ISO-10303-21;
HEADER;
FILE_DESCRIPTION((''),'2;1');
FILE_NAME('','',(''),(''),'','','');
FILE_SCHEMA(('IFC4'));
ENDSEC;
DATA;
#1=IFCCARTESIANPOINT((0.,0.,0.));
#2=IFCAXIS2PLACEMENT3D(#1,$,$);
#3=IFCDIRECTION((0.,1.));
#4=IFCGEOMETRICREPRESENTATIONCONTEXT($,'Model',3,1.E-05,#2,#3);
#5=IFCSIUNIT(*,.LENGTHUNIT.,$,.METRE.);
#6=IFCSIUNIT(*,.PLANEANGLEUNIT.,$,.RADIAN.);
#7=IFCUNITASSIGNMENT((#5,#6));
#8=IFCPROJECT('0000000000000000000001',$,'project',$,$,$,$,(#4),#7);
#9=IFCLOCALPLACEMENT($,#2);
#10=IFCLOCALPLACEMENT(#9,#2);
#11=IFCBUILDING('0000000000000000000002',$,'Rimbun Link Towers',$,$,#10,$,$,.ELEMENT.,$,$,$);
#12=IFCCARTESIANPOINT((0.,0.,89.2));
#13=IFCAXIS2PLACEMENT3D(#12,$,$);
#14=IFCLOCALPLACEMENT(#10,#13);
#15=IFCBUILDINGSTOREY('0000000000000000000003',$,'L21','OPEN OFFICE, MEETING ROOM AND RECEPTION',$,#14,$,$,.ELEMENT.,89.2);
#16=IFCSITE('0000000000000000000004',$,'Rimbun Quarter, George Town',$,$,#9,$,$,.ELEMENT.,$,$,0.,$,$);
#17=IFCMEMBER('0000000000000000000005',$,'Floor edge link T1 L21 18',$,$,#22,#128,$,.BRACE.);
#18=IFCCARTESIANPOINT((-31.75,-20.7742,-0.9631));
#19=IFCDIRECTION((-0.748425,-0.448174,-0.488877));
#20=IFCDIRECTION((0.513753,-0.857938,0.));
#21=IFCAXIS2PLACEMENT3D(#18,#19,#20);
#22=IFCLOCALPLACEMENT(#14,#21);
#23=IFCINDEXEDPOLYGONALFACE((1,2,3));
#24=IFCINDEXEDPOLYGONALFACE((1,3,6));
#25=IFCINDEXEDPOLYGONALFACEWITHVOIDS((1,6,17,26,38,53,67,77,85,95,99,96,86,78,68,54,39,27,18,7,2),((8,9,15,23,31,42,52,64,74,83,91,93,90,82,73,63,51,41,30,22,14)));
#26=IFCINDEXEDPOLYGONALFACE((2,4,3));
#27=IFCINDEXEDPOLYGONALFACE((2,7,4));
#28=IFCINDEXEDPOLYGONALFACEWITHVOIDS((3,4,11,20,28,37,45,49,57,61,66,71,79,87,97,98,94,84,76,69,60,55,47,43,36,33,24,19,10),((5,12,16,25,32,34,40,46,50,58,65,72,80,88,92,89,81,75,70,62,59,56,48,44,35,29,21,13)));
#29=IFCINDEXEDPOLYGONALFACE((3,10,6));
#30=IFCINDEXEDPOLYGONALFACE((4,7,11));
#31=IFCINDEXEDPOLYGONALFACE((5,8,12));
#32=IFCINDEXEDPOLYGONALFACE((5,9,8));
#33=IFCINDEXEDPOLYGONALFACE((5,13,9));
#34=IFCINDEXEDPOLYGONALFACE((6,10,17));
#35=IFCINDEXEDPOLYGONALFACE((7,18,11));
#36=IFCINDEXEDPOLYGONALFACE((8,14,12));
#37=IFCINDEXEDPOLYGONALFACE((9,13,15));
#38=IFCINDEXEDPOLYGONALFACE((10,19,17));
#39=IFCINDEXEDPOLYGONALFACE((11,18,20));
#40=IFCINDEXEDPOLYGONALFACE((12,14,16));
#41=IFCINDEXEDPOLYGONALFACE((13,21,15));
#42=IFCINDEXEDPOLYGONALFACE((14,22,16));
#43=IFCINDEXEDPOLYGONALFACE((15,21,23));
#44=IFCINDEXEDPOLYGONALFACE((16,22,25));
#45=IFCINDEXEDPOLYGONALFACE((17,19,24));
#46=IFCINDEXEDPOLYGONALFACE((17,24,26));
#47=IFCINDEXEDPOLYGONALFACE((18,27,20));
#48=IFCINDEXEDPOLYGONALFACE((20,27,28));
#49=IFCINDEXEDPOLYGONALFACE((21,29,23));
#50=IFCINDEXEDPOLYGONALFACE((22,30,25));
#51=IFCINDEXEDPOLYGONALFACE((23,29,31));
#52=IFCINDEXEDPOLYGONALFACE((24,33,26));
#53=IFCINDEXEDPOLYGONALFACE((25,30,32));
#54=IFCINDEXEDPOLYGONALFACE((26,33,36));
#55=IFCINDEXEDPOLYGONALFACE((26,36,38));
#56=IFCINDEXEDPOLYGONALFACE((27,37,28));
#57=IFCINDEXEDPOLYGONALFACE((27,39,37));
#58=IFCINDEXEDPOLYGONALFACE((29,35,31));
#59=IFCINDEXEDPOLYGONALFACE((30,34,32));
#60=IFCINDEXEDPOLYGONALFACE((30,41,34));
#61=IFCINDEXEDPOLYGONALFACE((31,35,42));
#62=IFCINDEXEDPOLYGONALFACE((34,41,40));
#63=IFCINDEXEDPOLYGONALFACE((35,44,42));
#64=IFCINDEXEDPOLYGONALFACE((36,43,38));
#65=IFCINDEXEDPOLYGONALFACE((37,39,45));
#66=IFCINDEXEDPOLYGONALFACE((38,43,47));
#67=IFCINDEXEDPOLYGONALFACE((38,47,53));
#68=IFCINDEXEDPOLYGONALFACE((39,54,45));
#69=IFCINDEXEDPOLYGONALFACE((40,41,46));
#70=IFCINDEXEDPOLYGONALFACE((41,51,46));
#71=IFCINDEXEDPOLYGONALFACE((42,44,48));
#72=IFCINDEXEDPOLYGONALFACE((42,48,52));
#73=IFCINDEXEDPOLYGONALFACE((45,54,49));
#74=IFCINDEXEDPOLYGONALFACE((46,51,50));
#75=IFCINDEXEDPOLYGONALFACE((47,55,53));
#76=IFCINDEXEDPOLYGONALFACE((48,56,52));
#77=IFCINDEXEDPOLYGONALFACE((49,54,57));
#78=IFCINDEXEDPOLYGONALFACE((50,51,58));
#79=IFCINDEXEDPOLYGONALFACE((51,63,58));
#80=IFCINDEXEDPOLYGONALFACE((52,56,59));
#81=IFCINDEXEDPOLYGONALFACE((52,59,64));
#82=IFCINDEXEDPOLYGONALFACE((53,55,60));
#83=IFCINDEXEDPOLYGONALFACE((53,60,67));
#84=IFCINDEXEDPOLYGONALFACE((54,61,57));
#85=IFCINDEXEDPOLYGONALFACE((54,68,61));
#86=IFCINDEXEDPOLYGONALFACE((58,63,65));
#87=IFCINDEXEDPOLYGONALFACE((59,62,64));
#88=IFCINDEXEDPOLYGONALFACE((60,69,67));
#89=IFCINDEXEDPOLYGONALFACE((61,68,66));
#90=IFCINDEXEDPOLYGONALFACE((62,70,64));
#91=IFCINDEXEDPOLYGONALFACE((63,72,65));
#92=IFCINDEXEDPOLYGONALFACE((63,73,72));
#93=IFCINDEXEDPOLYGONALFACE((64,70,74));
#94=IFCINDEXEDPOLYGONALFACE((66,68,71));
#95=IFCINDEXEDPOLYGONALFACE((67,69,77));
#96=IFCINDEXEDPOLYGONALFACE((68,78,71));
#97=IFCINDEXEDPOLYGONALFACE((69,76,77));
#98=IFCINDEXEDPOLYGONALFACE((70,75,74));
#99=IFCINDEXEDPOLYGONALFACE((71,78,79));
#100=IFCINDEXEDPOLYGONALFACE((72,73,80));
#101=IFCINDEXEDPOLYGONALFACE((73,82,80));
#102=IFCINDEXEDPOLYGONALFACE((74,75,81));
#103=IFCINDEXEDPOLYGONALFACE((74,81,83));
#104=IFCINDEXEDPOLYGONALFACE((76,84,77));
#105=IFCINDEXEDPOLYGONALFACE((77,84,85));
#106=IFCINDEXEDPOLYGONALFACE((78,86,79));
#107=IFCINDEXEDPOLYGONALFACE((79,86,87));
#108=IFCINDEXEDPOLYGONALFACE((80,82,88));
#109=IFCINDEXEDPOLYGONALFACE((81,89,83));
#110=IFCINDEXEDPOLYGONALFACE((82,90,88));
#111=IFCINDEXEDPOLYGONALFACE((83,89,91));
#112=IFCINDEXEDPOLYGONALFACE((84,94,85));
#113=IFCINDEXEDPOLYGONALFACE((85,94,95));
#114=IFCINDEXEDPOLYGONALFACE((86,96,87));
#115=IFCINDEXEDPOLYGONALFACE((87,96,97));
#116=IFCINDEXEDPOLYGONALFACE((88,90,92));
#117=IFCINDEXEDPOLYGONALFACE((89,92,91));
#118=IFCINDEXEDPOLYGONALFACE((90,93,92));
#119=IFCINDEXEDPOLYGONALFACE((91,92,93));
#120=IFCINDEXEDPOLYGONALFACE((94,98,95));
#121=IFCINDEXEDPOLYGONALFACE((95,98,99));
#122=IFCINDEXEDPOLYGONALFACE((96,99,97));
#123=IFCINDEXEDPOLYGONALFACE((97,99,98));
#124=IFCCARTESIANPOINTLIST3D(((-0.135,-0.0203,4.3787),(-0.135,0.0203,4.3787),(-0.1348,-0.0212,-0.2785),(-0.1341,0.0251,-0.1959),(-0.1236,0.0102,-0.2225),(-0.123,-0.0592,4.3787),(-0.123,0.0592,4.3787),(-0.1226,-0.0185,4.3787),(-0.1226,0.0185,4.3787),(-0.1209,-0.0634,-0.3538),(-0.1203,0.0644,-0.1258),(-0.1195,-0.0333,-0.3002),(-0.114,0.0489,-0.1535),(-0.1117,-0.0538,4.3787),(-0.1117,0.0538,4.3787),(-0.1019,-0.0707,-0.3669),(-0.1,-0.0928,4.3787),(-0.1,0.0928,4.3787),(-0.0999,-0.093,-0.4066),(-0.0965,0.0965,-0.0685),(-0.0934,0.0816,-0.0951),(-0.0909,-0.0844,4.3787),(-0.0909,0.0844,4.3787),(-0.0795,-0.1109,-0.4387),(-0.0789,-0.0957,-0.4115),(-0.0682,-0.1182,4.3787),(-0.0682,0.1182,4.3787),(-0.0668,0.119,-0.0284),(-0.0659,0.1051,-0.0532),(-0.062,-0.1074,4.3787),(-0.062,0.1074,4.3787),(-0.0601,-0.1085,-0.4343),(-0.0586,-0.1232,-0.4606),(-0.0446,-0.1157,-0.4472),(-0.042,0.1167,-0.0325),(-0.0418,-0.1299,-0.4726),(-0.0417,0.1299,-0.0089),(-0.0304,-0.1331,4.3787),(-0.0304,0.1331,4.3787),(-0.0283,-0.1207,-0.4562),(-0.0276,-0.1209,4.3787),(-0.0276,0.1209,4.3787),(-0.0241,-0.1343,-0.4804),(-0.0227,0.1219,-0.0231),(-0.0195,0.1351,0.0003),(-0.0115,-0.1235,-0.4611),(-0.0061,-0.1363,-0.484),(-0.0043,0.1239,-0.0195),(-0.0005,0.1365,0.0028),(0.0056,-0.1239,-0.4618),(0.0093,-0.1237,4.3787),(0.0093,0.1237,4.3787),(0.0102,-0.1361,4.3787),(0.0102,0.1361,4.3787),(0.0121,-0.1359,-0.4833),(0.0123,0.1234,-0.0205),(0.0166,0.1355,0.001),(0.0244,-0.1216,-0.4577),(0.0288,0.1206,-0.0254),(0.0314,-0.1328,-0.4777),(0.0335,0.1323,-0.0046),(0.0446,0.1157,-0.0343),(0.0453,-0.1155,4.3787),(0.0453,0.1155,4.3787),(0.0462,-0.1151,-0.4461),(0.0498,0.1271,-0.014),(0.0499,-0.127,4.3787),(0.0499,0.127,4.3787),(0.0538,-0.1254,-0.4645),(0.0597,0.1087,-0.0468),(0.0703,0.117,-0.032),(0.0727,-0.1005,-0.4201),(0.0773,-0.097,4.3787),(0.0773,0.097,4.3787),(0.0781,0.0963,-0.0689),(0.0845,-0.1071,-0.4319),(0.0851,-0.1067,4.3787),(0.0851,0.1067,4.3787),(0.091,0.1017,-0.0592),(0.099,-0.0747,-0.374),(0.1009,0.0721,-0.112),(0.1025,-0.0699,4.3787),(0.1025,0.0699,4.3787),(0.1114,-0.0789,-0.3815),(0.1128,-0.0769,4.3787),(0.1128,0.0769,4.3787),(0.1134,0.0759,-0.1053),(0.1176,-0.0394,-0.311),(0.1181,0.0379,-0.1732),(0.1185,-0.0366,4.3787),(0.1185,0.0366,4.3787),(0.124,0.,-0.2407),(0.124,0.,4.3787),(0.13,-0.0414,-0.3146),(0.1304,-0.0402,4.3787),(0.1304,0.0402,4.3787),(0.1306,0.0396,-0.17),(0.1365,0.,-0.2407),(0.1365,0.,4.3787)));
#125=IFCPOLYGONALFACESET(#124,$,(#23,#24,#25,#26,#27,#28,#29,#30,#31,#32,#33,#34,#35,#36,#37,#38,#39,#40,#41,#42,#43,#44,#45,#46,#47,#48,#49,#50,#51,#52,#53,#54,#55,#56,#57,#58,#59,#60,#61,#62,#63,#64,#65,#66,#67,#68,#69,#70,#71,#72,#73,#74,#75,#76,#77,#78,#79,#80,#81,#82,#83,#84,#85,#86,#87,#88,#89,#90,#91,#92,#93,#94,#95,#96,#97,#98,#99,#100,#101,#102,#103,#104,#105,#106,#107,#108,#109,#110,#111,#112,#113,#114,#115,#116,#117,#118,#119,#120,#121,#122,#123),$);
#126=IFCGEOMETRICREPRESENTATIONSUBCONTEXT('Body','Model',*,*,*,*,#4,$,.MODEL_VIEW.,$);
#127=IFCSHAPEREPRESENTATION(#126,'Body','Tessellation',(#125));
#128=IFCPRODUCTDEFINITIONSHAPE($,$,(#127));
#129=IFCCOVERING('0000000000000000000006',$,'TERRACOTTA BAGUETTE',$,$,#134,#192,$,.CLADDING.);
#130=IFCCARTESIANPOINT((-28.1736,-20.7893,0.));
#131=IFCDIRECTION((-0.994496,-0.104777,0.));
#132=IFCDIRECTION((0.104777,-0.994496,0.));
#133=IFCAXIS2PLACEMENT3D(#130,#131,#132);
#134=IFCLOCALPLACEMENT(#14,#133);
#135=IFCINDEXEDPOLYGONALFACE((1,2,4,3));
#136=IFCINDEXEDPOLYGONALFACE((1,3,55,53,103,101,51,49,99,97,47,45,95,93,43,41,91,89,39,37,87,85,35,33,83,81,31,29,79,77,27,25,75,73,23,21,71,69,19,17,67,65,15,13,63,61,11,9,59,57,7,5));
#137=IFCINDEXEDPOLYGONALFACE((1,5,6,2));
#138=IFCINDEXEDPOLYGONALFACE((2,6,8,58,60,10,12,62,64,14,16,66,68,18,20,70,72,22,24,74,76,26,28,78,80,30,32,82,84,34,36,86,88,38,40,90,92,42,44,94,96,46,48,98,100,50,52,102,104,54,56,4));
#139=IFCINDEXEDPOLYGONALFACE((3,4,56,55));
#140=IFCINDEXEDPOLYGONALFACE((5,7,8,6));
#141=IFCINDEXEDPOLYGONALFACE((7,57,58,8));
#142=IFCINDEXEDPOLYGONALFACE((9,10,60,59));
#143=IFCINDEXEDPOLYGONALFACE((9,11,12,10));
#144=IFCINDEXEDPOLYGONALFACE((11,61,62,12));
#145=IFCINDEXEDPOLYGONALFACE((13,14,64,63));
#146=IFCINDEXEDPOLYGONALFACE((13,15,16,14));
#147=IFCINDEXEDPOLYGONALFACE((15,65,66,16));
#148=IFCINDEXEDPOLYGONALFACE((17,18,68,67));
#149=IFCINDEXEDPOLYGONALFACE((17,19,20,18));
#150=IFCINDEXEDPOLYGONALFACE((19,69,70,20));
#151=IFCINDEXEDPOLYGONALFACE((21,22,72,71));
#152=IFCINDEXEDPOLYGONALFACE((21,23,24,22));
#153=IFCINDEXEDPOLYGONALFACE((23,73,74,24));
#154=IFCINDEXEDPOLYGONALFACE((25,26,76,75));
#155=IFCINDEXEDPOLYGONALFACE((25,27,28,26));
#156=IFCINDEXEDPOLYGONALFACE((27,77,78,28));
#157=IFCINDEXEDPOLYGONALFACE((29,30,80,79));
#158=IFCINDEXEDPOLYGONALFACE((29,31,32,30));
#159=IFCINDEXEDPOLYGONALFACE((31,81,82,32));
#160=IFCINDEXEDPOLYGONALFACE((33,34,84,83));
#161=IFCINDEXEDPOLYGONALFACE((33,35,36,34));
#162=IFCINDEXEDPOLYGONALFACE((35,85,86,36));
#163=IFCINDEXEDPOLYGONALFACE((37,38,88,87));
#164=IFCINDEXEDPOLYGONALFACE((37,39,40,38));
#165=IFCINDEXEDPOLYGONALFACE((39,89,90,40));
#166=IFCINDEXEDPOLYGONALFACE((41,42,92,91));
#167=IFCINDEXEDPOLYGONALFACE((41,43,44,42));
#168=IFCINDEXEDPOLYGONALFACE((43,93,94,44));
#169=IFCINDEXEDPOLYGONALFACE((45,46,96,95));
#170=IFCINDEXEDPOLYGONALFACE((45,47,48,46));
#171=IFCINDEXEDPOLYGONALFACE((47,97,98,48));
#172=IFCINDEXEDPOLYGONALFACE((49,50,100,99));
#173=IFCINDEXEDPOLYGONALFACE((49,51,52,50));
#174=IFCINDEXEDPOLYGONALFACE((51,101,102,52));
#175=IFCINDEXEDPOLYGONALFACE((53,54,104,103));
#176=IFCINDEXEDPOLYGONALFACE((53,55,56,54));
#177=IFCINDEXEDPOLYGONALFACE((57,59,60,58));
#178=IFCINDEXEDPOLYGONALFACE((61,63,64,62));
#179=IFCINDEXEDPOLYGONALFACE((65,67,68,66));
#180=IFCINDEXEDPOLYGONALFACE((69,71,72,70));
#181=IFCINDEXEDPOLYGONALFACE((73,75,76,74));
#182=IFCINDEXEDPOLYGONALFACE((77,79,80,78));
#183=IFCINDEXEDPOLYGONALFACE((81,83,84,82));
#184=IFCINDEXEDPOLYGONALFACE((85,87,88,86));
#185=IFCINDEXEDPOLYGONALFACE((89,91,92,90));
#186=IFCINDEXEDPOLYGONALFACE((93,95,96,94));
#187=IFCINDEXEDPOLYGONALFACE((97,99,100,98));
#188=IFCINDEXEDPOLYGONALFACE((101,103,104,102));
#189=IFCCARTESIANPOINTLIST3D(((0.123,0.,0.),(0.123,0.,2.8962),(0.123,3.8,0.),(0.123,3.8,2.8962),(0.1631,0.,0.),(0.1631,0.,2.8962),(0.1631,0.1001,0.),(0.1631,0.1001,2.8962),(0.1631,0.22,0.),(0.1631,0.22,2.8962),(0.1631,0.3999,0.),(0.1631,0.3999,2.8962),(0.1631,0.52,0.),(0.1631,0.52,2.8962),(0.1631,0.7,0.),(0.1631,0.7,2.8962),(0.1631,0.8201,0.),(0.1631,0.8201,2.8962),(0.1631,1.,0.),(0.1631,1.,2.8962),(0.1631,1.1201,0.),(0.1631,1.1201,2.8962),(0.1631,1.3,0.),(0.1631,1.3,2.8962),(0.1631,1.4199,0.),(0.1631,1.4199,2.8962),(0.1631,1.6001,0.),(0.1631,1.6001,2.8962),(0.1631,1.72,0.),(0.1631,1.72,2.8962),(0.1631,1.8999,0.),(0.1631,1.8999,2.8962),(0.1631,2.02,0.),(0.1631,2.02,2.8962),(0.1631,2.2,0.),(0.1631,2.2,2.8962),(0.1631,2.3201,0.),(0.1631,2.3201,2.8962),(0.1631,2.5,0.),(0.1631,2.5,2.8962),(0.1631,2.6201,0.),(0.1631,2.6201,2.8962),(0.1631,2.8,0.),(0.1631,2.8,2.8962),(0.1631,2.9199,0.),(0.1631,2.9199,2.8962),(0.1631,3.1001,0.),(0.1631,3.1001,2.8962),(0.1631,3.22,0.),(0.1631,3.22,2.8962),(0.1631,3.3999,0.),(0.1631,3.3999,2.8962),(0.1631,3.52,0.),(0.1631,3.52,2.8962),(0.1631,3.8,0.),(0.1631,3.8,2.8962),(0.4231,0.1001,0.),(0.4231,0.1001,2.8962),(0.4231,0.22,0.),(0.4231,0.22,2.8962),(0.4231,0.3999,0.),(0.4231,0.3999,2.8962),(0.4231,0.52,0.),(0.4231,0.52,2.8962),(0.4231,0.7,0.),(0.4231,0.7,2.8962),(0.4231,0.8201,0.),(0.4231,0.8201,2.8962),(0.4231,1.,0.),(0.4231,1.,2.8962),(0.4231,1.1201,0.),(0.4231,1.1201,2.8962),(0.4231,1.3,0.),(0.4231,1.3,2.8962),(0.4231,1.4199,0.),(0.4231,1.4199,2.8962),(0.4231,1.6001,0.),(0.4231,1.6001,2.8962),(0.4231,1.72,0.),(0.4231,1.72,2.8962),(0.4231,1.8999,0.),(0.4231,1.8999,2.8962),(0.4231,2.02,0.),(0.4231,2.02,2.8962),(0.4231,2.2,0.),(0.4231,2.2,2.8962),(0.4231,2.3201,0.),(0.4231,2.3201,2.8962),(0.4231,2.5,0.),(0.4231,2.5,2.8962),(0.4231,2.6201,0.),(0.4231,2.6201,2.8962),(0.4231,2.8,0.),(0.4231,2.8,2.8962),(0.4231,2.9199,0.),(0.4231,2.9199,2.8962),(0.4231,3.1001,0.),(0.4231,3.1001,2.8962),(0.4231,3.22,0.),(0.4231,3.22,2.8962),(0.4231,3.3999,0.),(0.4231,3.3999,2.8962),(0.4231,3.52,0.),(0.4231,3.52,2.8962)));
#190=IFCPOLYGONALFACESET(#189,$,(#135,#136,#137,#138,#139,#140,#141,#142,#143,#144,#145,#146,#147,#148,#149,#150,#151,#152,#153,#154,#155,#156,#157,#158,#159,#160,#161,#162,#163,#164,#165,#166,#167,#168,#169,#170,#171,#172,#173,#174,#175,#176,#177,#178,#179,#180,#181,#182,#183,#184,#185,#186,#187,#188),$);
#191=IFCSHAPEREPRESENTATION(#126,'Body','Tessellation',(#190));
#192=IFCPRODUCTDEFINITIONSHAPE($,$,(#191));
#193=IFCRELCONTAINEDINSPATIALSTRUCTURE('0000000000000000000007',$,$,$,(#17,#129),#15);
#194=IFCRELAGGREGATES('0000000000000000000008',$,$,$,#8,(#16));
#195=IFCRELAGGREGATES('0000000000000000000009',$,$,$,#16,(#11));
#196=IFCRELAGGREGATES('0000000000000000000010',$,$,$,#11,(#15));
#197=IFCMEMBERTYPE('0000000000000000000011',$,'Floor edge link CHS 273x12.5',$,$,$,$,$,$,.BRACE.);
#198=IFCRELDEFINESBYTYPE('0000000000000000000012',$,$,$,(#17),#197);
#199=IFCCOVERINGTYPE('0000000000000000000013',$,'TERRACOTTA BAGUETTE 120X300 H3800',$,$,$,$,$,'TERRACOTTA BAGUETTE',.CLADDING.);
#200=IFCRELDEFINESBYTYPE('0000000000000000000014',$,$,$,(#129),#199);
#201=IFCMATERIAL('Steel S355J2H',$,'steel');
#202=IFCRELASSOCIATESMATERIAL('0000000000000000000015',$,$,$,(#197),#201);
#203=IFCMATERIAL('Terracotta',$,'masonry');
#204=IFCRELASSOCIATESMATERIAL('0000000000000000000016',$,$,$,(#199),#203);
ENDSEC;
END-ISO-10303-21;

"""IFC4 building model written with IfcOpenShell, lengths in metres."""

from ifc_helpers import new_model, si_unit, direction, frame, origin, origin_2d, place, context, subcontext, project, spatial, polyline, hollow_circle, outline, extrude, clip, halfspace, material, material_profile, profile_set, type_object, element, save


model = new_model("IFC4")

# Units and contexts
model_context = context("Model", 3, precision=1e-05, world=origin(), true_north=direction((0.0, 1.0)))
body_context = subcontext(model_context, "Body", "Model", "MODEL_VIEW")
ifc_project = project(units=[si_unit("LENGTHUNIT", "METRE"), si_unit("PLANEANGLEUNIT", "RADIAN")], contexts=[model_context])

# Site, building, storey
site_placement = place(None, origin())
site = spatial("IfcSite", under=ifc_project, at=site_placement, Name="Rimbun Quarter, George Town", CompositionType="ELEMENT", RefElevation=0.0)
building_placement = place(site_placement, origin())
building = spatial("IfcBuilding", under=site, at=building_placement, Name="Rimbun Link Towers", CompositionType="ELEMENT")
storey_placement = place(building_placement, frame((0.0, 0.0, 89.2)))
storey = spatial("IfcBuildingStorey", under=building, at=storey_placement, Name="L21", Description="OPEN OFFICE, MEETING ROOM AND RECEPTION", CompositionType="ELEMENT", Elevation=89.2)

# Member
ifc_material_1 = material(Name="Steel S355J2H", Category="steel")
ifc_material_profile_1 = material_profile(ifc_material_1, hollow_circle(Radius=0.1365, WallThickness=0.0125, at=origin_2d()), Name="CHS 273x12.5")
ifc_profile_set_1 = profile_set([ifc_material_profile_1], Name="Steel S355J2H")
member_type_1 = type_object("IfcMemberType", Name="Floor edge link CHS 273x12.5", PredefinedType="BRACE", material=ifc_profile_set_1)
member_1_placement = place(storey_placement, frame((-31.75, -20.7742, -0.9631), z_axis=(-0.748425, -0.448174, -0.488877), x_axis=(0.513753, -0.857938, 0.0)))
element("IfcMember", 1, at=member_1_placement, inside=storey, type_object=member_type_1, Name="Floor edge link T1 L21 18", PredefinedType="BRACE", context=body_context, shape_type="Clipping", body=[
    clip(extrude(hollow_circle(Radius=0.1365, WallThickness=0.0125, at=origin_2d()), frame((0.0, 0.0, -0.5076)), (0.0, 0.0, 1.0), 4.8862), halfspace(frame((0.0, 0.0, -0.2407), z_axis=(0.0, 0.872353, -0.488877)), False)),
])

# Covering
ifc_material_2 = material(Name="Terracotta", Category="masonry")
ifc_material_profile_2 = material_profile(ifc_material_2, outline(polyline([(0.123, 0.0), (0.1631, 0.0), (0.1631, 0.1001), (0.4231, 0.1001), (0.4231, 0.22), (0.1631, 0.22), (0.1631, 0.3999), (0.4231, 0.3999), (0.4231, 0.52), (0.1631, 0.52), (0.1631, 0.7), (0.4231, 0.7), (0.4231, 0.8201), (0.1631, 0.8201), (0.1631, 1.0), (0.4231, 1.0), (0.4231, 1.1201), (0.1631, 1.1201), (0.1631, 1.3), (0.4231, 1.3), (0.4231, 1.4199), (0.1631, 1.4199), (0.1631, 1.6001), (0.4231, 1.6001), (0.4231, 1.72), (0.1631, 1.72), (0.1631, 1.8999), (0.4231, 1.8999), (0.4231, 2.02), (0.1631, 2.02), (0.1631, 2.2), (0.4231, 2.2), (0.4231, 2.3201), (0.1631, 2.3201), (0.1631, 2.5), (0.4231, 2.5), (0.4231, 2.6201), (0.1631, 2.6201), (0.1631, 2.8), (0.4231, 2.8), (0.4231, 2.9199), (0.1631, 2.9199), (0.1631, 3.1001), (0.4231, 3.1001), (0.4231, 3.22), (0.1631, 3.22), (0.1631, 3.3999), (0.4231, 3.3999), (0.4231, 3.52), (0.1631, 3.52), (0.1631, 3.8), (0.123, 3.8), (0.123, 0.0)])), Name="BAGUETTE 120X300")
ifc_profile_set_2 = profile_set([ifc_material_profile_2], Name="Terracotta")
covering_type = type_object("IfcCoveringType", Name="TERRACOTTA BAGUETTE 120X300 H3800", ElementType="TERRACOTTA BAGUETTE", PredefinedType="CLADDING", material=ifc_profile_set_2)
covering_placement = place(storey_placement, frame((-28.1736, -20.7893, 0.0), z_axis=(-0.994496, -0.104777, 0.0), x_axis=(0.104777, -0.994496, 0.0)))
element("IfcCovering", 2, at=covering_placement, inside=storey, type_object=covering_type, Name="TERRACOTTA BAGUETTE", PredefinedType="CLADDING", context=body_context, shape_type="SweptSolid", body=[
    extrude(outline(polyline([(0.123, 0.0), (0.1631, 0.0), (0.1631, 0.1001), (0.4231, 0.1001), (0.4231, 0.22), (0.1631, 0.22), (0.1631, 0.3999), (0.4231, 0.3999), (0.4231, 0.52), (0.1631, 0.52), (0.1631, 0.7), (0.4231, 0.7), (0.4231, 0.8201), (0.1631, 0.8201), (0.1631, 1.0), (0.4231, 1.0), (0.4231, 1.1201), (0.1631, 1.1201), (0.1631, 1.3), (0.4231, 1.3), (0.4231, 1.4199), (0.1631, 1.4199), (0.1631, 1.6001), (0.4231, 1.6001), (0.4231, 1.72), (0.1631, 1.72), (0.1631, 1.8999), (0.4231, 1.8999), (0.4231, 2.02), (0.1631, 2.02), (0.1631, 2.2), (0.4231, 2.2), (0.4231, 2.3201), (0.1631, 2.3201), (0.1631, 2.5), (0.4231, 2.5), (0.4231, 2.6201), (0.1631, 2.6201), (0.1631, 2.8), (0.4231, 2.8), (0.4231, 2.9199), (0.1631, 2.9199), (0.1631, 3.1001), (0.4231, 3.1001), (0.4231, 3.22), (0.1631, 3.22), (0.1631, 3.3999), (0.4231, 3.3999), (0.4231, 3.52), (0.1631, 3.52), (0.1631, 3.8), (0.123, 3.8), (0.123, 0.0)])), origin(), (0.0, 0.0, 1.0), 2.8962),
])

save(model, "model.ifc")
